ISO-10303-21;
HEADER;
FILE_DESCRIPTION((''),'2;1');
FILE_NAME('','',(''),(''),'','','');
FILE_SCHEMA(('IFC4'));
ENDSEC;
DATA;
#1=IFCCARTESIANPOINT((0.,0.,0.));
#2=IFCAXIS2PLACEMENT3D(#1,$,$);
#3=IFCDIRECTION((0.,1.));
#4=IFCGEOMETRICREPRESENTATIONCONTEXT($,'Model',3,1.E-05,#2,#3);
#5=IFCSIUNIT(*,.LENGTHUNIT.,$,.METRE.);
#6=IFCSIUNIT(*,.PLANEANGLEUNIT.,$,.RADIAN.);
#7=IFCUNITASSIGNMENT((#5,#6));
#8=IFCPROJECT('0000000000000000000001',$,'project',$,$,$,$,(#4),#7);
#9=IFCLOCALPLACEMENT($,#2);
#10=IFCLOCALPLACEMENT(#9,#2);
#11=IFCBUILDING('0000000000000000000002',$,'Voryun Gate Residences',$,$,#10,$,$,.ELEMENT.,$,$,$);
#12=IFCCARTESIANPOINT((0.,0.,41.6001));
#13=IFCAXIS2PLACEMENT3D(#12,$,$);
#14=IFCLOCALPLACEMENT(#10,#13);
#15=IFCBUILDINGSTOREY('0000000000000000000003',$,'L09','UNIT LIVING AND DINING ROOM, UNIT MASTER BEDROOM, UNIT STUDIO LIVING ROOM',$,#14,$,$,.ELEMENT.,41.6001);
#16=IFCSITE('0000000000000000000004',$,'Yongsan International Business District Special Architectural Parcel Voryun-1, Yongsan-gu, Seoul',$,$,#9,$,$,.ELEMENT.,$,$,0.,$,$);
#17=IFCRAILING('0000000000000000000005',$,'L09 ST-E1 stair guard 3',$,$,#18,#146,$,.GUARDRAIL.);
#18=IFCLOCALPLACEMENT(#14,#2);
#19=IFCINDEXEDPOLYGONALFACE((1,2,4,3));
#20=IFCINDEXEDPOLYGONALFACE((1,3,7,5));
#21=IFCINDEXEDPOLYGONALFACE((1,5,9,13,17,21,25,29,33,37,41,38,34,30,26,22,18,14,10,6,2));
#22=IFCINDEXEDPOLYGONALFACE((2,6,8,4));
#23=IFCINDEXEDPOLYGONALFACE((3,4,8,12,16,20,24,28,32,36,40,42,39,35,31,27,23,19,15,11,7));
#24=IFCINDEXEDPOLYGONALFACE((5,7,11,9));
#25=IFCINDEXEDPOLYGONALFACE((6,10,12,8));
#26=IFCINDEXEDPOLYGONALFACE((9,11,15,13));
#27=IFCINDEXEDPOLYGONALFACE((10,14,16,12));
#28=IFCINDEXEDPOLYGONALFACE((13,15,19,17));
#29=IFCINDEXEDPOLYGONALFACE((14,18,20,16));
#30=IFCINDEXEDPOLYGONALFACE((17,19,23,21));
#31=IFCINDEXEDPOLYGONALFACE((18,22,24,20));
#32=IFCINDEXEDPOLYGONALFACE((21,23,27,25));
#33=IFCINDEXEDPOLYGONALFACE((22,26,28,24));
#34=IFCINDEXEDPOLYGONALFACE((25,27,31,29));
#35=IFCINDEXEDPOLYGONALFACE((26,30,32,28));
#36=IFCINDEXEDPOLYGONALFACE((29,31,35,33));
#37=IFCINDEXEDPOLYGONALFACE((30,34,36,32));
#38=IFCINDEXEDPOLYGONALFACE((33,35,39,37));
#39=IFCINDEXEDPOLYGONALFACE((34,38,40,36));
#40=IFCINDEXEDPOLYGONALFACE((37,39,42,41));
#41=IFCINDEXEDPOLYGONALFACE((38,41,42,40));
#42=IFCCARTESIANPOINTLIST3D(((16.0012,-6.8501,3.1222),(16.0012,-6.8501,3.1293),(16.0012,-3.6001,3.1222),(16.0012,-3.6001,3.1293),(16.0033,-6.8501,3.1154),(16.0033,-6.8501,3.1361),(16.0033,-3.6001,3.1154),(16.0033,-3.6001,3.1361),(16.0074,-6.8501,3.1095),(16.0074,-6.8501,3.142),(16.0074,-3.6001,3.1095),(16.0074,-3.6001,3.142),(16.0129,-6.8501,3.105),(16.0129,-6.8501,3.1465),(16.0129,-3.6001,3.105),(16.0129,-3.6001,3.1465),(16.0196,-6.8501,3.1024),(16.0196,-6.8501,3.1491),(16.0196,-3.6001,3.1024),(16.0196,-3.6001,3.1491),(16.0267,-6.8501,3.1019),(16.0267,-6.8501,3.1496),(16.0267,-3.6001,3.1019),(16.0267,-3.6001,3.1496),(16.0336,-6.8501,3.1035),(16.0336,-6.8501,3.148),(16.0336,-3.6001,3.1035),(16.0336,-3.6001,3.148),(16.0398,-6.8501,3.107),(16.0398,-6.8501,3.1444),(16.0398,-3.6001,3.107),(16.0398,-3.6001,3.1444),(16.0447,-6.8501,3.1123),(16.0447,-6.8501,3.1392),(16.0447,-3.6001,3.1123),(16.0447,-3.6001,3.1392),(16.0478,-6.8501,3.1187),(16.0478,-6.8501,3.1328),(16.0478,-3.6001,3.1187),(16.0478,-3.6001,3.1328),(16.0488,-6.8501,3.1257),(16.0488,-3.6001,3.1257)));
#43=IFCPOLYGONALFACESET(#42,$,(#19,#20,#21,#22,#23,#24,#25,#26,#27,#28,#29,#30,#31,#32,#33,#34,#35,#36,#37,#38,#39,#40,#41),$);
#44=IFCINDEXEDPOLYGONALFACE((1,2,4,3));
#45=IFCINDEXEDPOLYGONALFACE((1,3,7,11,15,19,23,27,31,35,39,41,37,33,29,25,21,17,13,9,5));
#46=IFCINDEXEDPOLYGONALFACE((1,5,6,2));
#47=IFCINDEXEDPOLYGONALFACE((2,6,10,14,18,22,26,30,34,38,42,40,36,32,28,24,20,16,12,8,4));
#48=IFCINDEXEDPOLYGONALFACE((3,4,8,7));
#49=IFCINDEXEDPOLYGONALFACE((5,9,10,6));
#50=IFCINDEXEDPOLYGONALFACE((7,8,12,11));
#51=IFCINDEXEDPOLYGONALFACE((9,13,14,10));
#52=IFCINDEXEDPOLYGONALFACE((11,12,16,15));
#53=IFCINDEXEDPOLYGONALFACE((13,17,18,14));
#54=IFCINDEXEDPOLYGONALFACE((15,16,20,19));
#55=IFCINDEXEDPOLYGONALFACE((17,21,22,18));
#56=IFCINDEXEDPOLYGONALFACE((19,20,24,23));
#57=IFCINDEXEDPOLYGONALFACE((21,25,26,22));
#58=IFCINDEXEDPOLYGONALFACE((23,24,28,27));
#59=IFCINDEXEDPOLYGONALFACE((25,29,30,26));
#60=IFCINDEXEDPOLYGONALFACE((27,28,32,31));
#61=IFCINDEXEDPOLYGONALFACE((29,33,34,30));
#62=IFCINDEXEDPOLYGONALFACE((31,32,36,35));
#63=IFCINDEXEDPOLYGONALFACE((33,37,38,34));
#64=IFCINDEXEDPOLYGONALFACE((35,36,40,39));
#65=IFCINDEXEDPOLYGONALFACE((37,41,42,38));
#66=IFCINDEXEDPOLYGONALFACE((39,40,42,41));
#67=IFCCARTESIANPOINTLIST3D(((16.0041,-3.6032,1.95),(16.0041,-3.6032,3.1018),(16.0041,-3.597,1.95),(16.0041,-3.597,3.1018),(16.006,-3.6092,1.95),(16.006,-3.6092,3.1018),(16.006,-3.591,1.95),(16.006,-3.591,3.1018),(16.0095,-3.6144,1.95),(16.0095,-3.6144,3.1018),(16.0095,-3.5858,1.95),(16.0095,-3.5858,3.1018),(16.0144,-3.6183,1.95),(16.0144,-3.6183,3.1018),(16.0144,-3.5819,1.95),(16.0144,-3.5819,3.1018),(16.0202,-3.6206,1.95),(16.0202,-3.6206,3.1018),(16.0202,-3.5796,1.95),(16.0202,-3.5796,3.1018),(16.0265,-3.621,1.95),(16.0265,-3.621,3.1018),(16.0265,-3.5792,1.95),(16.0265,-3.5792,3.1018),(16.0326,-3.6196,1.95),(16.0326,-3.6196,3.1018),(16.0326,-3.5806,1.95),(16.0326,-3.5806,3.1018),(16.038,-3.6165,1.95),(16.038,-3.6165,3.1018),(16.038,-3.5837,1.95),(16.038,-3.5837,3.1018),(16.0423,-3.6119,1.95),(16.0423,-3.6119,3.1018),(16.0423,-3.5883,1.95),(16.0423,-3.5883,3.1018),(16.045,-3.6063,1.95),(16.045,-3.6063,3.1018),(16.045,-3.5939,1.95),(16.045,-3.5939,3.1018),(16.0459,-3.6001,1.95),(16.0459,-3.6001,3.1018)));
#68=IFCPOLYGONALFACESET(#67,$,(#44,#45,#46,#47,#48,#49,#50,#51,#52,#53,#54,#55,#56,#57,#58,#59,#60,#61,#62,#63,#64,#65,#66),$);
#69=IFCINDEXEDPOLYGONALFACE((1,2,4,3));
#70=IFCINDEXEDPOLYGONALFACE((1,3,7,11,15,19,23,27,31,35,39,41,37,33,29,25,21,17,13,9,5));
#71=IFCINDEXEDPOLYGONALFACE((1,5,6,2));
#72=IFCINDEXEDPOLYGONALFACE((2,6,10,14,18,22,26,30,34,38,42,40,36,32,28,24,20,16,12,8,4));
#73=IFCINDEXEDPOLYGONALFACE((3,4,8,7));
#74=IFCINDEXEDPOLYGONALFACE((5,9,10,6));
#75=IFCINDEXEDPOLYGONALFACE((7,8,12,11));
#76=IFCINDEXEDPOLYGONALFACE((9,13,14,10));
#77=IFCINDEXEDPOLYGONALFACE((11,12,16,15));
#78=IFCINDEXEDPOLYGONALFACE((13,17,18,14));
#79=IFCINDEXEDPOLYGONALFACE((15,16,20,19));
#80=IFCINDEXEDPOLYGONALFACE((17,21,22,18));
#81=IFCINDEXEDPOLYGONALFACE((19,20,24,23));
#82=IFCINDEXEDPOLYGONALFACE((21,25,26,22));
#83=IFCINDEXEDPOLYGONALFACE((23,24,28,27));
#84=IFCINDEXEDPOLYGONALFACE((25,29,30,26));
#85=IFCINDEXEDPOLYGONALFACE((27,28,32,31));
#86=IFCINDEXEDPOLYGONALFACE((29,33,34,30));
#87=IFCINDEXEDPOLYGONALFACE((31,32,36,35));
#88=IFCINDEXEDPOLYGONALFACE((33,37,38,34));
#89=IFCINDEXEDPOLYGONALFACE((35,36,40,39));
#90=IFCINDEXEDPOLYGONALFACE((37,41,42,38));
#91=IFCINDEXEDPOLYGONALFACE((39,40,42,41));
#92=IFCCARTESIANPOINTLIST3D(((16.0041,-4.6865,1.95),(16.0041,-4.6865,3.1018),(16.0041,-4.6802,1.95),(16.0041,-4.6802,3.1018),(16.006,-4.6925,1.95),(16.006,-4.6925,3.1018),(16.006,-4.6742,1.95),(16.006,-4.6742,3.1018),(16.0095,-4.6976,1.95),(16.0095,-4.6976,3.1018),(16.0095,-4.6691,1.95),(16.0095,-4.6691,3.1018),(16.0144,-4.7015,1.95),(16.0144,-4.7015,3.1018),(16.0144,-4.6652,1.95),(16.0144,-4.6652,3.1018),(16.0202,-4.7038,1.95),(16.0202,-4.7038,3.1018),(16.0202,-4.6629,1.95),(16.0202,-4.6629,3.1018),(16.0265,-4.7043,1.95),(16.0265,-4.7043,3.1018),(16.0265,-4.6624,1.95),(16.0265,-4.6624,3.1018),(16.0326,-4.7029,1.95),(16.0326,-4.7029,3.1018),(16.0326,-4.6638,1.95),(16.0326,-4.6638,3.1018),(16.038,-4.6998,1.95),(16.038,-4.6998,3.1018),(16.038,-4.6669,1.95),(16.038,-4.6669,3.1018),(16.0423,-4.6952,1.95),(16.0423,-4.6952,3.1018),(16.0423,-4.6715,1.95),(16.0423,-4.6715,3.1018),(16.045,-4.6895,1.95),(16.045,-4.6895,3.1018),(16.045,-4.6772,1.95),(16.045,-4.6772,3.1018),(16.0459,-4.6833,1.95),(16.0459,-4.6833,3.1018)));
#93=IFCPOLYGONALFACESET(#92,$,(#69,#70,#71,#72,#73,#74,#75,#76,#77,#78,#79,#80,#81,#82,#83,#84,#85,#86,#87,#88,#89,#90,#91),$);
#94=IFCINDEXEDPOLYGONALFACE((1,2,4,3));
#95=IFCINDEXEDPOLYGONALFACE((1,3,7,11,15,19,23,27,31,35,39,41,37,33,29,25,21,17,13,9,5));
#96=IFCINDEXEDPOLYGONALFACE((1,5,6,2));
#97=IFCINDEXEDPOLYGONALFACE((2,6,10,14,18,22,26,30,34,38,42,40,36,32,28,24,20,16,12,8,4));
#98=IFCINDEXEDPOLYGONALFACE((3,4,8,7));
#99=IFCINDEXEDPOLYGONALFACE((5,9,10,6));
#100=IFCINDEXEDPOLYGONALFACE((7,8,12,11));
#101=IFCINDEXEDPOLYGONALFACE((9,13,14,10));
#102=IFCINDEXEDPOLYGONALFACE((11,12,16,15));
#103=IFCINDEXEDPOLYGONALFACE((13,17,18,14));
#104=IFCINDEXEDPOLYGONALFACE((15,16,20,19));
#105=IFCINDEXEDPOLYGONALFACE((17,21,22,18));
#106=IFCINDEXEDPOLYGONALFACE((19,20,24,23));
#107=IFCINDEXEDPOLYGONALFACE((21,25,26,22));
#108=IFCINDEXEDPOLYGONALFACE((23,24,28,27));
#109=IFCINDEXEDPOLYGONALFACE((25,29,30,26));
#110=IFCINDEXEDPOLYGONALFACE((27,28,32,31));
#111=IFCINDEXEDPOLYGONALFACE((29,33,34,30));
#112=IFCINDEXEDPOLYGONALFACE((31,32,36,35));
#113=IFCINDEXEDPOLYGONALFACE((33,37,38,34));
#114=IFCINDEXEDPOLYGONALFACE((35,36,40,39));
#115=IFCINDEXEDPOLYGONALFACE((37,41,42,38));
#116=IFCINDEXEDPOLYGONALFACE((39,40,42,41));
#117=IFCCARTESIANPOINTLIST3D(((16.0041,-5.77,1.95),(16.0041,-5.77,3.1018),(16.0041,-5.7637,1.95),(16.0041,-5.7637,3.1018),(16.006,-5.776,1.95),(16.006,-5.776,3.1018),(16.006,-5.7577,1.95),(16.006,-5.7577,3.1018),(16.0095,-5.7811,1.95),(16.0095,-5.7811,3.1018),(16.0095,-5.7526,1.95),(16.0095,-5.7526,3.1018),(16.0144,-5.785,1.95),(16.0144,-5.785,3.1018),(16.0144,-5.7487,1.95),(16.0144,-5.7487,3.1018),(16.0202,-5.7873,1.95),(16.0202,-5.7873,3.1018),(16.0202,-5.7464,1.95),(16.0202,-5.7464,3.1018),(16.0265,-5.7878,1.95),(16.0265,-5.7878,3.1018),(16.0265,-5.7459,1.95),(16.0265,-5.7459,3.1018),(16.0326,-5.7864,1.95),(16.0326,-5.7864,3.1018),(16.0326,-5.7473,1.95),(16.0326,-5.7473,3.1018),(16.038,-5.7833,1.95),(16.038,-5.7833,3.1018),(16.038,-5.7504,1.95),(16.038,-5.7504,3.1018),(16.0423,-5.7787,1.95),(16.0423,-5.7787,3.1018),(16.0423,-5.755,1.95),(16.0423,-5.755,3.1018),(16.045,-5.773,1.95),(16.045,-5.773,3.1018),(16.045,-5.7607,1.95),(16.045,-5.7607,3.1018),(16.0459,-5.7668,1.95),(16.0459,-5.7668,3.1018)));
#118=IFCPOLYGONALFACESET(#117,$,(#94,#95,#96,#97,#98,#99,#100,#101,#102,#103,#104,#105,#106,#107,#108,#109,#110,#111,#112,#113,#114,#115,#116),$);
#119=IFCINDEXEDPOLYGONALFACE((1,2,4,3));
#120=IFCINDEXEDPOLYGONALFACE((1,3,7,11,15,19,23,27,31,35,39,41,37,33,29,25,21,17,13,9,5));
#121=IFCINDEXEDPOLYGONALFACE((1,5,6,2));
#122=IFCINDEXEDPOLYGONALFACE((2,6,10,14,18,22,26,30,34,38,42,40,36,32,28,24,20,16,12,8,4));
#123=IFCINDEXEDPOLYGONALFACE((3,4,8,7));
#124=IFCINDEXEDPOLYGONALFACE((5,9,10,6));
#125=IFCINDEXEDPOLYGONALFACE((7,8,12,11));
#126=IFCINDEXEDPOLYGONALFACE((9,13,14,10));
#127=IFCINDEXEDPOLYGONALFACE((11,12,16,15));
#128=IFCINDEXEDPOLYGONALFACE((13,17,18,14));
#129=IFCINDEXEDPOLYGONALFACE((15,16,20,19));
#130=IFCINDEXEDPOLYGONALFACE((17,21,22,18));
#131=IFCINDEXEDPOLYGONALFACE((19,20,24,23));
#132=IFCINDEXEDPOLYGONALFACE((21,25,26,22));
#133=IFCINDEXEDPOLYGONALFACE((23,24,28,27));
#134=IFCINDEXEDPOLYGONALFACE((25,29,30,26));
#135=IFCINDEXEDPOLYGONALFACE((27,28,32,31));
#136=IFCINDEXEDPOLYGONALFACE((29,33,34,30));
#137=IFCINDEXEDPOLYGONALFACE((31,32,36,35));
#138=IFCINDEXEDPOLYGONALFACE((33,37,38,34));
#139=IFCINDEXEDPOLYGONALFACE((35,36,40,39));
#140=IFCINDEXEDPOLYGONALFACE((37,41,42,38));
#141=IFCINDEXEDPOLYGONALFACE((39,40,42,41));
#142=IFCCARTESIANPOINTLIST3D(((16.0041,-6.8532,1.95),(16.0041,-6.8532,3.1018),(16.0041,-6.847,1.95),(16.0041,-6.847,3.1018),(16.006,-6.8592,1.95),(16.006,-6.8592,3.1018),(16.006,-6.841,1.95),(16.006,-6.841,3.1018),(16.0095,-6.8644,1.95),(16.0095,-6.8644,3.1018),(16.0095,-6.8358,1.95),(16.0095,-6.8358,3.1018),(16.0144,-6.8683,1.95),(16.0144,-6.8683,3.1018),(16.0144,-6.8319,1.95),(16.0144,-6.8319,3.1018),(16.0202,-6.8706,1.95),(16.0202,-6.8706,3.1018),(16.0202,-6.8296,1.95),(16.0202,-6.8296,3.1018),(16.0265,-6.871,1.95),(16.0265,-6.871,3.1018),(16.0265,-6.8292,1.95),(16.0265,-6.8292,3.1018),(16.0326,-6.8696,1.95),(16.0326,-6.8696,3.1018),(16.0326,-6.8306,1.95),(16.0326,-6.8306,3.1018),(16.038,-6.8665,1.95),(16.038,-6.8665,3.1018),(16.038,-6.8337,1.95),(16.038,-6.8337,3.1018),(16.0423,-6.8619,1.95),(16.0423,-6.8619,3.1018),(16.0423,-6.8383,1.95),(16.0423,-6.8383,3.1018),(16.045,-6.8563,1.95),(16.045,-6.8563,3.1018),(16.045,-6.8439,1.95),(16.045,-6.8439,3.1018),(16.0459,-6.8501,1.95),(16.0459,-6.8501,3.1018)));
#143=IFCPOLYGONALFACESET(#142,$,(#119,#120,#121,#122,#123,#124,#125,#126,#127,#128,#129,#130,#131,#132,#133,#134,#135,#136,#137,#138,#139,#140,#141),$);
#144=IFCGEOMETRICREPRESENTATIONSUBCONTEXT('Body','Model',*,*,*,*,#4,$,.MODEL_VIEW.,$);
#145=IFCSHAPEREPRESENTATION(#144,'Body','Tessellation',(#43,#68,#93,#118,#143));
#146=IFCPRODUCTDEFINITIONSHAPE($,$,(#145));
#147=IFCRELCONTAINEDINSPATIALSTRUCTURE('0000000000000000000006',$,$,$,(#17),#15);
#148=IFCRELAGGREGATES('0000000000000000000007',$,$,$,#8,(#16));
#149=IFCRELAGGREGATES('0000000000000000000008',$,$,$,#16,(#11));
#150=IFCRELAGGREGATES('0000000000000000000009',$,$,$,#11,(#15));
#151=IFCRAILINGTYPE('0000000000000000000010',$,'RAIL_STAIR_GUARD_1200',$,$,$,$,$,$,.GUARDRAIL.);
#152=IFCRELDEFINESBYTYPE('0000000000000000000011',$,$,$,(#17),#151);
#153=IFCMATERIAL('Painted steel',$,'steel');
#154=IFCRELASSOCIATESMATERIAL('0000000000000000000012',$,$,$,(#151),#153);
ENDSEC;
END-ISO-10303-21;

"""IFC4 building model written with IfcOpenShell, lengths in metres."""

from ifc_helpers import new_model, si_unit, direction, frame, origin, origin_2d, place, context, subcontext, project, spatial, circle, extrude, material, type_object, element, save


model = new_model("IFC4")

# Units and contexts
model_context = context("Model", 3, precision=1e-05, world=origin(), true_north=direction((0.0, 1.0)))
body_context = subcontext(model_context, "Body", "Model", "MODEL_VIEW")
ifc_project = project(units=[si_unit("LENGTHUNIT", "METRE"), si_unit("PLANEANGLEUNIT", "RADIAN")], contexts=[model_context])

# Site, building, storey
site_placement = place(None, origin())
site = spatial("IfcSite", under=ifc_project, at=site_placement, Name="Yongsan International Business District Special Architectural Parcel Voryun-1, Yongsan-gu, Seoul", CompositionType="ELEMENT", RefElevation=0.0)
building_placement = place(site_placement, origin())
building = spatial("IfcBuilding", under=site, at=building_placement, Name="Voryun Gate Residences", CompositionType="ELEMENT")
storey_placement = place(building_placement, frame((0.0, 0.0, 41.6001)))
storey = spatial("IfcBuildingStorey", under=building, at=storey_placement, Name="L09", Description="UNIT LIVING AND DINING ROOM, UNIT MASTER BEDROOM, UNIT STUDIO LIVING ROOM", CompositionType="ELEMENT", Elevation=41.6001)

# Railing
ifc_material_1 = material(Name="Painted steel", Category="steel")
railing_type_1 = type_object("IfcRailingType", Name="RAIL_STAIR_GUARD_1200", PredefinedType="GUARDRAIL", material=ifc_material_1)
for number, where, name in (
    (1, (16.0249, -3.6001, 1.95), "L09 ST-E1 stair guard 3"),
):
    element("IfcRailing", number, at=place(storey_placement, frame(where)), inside=storey, type_object=railing_type_1, Name=name, PredefinedType="GUARDRAIL", context=body_context, shape_type="SweptSolid", body=[
        extrude(circle(Radius=0.0239, at=origin_2d()), frame((0.0, 0.0, 1.1758), z_axis=(0.0, -1.0, 0.0), x_axis=(1.0, 0.0, 0.0)), (0.0, 0.0, 1.0), 3.25),
        extrude(circle(Radius=0.021, at=origin_2d()), origin(), (0.0, 0.0, 1.0), 1.1519),
        extrude(circle(Radius=0.021, at=origin_2d()), frame((0.0, -1.0833, 0.0)), (0.0, 0.0, 1.0), 1.1519),
        extrude(circle(Radius=0.021, at=origin_2d()), frame((0.0, -2.1667, 0.0)), (0.0, 0.0, 1.0), 1.1519),
        extrude(circle(Radius=0.021, at=origin_2d()), frame((0.0, -3.25, 0.0)), (0.0, 0.0, 1.0), 1.1519),
    ])

save(model, "model.ifc")
